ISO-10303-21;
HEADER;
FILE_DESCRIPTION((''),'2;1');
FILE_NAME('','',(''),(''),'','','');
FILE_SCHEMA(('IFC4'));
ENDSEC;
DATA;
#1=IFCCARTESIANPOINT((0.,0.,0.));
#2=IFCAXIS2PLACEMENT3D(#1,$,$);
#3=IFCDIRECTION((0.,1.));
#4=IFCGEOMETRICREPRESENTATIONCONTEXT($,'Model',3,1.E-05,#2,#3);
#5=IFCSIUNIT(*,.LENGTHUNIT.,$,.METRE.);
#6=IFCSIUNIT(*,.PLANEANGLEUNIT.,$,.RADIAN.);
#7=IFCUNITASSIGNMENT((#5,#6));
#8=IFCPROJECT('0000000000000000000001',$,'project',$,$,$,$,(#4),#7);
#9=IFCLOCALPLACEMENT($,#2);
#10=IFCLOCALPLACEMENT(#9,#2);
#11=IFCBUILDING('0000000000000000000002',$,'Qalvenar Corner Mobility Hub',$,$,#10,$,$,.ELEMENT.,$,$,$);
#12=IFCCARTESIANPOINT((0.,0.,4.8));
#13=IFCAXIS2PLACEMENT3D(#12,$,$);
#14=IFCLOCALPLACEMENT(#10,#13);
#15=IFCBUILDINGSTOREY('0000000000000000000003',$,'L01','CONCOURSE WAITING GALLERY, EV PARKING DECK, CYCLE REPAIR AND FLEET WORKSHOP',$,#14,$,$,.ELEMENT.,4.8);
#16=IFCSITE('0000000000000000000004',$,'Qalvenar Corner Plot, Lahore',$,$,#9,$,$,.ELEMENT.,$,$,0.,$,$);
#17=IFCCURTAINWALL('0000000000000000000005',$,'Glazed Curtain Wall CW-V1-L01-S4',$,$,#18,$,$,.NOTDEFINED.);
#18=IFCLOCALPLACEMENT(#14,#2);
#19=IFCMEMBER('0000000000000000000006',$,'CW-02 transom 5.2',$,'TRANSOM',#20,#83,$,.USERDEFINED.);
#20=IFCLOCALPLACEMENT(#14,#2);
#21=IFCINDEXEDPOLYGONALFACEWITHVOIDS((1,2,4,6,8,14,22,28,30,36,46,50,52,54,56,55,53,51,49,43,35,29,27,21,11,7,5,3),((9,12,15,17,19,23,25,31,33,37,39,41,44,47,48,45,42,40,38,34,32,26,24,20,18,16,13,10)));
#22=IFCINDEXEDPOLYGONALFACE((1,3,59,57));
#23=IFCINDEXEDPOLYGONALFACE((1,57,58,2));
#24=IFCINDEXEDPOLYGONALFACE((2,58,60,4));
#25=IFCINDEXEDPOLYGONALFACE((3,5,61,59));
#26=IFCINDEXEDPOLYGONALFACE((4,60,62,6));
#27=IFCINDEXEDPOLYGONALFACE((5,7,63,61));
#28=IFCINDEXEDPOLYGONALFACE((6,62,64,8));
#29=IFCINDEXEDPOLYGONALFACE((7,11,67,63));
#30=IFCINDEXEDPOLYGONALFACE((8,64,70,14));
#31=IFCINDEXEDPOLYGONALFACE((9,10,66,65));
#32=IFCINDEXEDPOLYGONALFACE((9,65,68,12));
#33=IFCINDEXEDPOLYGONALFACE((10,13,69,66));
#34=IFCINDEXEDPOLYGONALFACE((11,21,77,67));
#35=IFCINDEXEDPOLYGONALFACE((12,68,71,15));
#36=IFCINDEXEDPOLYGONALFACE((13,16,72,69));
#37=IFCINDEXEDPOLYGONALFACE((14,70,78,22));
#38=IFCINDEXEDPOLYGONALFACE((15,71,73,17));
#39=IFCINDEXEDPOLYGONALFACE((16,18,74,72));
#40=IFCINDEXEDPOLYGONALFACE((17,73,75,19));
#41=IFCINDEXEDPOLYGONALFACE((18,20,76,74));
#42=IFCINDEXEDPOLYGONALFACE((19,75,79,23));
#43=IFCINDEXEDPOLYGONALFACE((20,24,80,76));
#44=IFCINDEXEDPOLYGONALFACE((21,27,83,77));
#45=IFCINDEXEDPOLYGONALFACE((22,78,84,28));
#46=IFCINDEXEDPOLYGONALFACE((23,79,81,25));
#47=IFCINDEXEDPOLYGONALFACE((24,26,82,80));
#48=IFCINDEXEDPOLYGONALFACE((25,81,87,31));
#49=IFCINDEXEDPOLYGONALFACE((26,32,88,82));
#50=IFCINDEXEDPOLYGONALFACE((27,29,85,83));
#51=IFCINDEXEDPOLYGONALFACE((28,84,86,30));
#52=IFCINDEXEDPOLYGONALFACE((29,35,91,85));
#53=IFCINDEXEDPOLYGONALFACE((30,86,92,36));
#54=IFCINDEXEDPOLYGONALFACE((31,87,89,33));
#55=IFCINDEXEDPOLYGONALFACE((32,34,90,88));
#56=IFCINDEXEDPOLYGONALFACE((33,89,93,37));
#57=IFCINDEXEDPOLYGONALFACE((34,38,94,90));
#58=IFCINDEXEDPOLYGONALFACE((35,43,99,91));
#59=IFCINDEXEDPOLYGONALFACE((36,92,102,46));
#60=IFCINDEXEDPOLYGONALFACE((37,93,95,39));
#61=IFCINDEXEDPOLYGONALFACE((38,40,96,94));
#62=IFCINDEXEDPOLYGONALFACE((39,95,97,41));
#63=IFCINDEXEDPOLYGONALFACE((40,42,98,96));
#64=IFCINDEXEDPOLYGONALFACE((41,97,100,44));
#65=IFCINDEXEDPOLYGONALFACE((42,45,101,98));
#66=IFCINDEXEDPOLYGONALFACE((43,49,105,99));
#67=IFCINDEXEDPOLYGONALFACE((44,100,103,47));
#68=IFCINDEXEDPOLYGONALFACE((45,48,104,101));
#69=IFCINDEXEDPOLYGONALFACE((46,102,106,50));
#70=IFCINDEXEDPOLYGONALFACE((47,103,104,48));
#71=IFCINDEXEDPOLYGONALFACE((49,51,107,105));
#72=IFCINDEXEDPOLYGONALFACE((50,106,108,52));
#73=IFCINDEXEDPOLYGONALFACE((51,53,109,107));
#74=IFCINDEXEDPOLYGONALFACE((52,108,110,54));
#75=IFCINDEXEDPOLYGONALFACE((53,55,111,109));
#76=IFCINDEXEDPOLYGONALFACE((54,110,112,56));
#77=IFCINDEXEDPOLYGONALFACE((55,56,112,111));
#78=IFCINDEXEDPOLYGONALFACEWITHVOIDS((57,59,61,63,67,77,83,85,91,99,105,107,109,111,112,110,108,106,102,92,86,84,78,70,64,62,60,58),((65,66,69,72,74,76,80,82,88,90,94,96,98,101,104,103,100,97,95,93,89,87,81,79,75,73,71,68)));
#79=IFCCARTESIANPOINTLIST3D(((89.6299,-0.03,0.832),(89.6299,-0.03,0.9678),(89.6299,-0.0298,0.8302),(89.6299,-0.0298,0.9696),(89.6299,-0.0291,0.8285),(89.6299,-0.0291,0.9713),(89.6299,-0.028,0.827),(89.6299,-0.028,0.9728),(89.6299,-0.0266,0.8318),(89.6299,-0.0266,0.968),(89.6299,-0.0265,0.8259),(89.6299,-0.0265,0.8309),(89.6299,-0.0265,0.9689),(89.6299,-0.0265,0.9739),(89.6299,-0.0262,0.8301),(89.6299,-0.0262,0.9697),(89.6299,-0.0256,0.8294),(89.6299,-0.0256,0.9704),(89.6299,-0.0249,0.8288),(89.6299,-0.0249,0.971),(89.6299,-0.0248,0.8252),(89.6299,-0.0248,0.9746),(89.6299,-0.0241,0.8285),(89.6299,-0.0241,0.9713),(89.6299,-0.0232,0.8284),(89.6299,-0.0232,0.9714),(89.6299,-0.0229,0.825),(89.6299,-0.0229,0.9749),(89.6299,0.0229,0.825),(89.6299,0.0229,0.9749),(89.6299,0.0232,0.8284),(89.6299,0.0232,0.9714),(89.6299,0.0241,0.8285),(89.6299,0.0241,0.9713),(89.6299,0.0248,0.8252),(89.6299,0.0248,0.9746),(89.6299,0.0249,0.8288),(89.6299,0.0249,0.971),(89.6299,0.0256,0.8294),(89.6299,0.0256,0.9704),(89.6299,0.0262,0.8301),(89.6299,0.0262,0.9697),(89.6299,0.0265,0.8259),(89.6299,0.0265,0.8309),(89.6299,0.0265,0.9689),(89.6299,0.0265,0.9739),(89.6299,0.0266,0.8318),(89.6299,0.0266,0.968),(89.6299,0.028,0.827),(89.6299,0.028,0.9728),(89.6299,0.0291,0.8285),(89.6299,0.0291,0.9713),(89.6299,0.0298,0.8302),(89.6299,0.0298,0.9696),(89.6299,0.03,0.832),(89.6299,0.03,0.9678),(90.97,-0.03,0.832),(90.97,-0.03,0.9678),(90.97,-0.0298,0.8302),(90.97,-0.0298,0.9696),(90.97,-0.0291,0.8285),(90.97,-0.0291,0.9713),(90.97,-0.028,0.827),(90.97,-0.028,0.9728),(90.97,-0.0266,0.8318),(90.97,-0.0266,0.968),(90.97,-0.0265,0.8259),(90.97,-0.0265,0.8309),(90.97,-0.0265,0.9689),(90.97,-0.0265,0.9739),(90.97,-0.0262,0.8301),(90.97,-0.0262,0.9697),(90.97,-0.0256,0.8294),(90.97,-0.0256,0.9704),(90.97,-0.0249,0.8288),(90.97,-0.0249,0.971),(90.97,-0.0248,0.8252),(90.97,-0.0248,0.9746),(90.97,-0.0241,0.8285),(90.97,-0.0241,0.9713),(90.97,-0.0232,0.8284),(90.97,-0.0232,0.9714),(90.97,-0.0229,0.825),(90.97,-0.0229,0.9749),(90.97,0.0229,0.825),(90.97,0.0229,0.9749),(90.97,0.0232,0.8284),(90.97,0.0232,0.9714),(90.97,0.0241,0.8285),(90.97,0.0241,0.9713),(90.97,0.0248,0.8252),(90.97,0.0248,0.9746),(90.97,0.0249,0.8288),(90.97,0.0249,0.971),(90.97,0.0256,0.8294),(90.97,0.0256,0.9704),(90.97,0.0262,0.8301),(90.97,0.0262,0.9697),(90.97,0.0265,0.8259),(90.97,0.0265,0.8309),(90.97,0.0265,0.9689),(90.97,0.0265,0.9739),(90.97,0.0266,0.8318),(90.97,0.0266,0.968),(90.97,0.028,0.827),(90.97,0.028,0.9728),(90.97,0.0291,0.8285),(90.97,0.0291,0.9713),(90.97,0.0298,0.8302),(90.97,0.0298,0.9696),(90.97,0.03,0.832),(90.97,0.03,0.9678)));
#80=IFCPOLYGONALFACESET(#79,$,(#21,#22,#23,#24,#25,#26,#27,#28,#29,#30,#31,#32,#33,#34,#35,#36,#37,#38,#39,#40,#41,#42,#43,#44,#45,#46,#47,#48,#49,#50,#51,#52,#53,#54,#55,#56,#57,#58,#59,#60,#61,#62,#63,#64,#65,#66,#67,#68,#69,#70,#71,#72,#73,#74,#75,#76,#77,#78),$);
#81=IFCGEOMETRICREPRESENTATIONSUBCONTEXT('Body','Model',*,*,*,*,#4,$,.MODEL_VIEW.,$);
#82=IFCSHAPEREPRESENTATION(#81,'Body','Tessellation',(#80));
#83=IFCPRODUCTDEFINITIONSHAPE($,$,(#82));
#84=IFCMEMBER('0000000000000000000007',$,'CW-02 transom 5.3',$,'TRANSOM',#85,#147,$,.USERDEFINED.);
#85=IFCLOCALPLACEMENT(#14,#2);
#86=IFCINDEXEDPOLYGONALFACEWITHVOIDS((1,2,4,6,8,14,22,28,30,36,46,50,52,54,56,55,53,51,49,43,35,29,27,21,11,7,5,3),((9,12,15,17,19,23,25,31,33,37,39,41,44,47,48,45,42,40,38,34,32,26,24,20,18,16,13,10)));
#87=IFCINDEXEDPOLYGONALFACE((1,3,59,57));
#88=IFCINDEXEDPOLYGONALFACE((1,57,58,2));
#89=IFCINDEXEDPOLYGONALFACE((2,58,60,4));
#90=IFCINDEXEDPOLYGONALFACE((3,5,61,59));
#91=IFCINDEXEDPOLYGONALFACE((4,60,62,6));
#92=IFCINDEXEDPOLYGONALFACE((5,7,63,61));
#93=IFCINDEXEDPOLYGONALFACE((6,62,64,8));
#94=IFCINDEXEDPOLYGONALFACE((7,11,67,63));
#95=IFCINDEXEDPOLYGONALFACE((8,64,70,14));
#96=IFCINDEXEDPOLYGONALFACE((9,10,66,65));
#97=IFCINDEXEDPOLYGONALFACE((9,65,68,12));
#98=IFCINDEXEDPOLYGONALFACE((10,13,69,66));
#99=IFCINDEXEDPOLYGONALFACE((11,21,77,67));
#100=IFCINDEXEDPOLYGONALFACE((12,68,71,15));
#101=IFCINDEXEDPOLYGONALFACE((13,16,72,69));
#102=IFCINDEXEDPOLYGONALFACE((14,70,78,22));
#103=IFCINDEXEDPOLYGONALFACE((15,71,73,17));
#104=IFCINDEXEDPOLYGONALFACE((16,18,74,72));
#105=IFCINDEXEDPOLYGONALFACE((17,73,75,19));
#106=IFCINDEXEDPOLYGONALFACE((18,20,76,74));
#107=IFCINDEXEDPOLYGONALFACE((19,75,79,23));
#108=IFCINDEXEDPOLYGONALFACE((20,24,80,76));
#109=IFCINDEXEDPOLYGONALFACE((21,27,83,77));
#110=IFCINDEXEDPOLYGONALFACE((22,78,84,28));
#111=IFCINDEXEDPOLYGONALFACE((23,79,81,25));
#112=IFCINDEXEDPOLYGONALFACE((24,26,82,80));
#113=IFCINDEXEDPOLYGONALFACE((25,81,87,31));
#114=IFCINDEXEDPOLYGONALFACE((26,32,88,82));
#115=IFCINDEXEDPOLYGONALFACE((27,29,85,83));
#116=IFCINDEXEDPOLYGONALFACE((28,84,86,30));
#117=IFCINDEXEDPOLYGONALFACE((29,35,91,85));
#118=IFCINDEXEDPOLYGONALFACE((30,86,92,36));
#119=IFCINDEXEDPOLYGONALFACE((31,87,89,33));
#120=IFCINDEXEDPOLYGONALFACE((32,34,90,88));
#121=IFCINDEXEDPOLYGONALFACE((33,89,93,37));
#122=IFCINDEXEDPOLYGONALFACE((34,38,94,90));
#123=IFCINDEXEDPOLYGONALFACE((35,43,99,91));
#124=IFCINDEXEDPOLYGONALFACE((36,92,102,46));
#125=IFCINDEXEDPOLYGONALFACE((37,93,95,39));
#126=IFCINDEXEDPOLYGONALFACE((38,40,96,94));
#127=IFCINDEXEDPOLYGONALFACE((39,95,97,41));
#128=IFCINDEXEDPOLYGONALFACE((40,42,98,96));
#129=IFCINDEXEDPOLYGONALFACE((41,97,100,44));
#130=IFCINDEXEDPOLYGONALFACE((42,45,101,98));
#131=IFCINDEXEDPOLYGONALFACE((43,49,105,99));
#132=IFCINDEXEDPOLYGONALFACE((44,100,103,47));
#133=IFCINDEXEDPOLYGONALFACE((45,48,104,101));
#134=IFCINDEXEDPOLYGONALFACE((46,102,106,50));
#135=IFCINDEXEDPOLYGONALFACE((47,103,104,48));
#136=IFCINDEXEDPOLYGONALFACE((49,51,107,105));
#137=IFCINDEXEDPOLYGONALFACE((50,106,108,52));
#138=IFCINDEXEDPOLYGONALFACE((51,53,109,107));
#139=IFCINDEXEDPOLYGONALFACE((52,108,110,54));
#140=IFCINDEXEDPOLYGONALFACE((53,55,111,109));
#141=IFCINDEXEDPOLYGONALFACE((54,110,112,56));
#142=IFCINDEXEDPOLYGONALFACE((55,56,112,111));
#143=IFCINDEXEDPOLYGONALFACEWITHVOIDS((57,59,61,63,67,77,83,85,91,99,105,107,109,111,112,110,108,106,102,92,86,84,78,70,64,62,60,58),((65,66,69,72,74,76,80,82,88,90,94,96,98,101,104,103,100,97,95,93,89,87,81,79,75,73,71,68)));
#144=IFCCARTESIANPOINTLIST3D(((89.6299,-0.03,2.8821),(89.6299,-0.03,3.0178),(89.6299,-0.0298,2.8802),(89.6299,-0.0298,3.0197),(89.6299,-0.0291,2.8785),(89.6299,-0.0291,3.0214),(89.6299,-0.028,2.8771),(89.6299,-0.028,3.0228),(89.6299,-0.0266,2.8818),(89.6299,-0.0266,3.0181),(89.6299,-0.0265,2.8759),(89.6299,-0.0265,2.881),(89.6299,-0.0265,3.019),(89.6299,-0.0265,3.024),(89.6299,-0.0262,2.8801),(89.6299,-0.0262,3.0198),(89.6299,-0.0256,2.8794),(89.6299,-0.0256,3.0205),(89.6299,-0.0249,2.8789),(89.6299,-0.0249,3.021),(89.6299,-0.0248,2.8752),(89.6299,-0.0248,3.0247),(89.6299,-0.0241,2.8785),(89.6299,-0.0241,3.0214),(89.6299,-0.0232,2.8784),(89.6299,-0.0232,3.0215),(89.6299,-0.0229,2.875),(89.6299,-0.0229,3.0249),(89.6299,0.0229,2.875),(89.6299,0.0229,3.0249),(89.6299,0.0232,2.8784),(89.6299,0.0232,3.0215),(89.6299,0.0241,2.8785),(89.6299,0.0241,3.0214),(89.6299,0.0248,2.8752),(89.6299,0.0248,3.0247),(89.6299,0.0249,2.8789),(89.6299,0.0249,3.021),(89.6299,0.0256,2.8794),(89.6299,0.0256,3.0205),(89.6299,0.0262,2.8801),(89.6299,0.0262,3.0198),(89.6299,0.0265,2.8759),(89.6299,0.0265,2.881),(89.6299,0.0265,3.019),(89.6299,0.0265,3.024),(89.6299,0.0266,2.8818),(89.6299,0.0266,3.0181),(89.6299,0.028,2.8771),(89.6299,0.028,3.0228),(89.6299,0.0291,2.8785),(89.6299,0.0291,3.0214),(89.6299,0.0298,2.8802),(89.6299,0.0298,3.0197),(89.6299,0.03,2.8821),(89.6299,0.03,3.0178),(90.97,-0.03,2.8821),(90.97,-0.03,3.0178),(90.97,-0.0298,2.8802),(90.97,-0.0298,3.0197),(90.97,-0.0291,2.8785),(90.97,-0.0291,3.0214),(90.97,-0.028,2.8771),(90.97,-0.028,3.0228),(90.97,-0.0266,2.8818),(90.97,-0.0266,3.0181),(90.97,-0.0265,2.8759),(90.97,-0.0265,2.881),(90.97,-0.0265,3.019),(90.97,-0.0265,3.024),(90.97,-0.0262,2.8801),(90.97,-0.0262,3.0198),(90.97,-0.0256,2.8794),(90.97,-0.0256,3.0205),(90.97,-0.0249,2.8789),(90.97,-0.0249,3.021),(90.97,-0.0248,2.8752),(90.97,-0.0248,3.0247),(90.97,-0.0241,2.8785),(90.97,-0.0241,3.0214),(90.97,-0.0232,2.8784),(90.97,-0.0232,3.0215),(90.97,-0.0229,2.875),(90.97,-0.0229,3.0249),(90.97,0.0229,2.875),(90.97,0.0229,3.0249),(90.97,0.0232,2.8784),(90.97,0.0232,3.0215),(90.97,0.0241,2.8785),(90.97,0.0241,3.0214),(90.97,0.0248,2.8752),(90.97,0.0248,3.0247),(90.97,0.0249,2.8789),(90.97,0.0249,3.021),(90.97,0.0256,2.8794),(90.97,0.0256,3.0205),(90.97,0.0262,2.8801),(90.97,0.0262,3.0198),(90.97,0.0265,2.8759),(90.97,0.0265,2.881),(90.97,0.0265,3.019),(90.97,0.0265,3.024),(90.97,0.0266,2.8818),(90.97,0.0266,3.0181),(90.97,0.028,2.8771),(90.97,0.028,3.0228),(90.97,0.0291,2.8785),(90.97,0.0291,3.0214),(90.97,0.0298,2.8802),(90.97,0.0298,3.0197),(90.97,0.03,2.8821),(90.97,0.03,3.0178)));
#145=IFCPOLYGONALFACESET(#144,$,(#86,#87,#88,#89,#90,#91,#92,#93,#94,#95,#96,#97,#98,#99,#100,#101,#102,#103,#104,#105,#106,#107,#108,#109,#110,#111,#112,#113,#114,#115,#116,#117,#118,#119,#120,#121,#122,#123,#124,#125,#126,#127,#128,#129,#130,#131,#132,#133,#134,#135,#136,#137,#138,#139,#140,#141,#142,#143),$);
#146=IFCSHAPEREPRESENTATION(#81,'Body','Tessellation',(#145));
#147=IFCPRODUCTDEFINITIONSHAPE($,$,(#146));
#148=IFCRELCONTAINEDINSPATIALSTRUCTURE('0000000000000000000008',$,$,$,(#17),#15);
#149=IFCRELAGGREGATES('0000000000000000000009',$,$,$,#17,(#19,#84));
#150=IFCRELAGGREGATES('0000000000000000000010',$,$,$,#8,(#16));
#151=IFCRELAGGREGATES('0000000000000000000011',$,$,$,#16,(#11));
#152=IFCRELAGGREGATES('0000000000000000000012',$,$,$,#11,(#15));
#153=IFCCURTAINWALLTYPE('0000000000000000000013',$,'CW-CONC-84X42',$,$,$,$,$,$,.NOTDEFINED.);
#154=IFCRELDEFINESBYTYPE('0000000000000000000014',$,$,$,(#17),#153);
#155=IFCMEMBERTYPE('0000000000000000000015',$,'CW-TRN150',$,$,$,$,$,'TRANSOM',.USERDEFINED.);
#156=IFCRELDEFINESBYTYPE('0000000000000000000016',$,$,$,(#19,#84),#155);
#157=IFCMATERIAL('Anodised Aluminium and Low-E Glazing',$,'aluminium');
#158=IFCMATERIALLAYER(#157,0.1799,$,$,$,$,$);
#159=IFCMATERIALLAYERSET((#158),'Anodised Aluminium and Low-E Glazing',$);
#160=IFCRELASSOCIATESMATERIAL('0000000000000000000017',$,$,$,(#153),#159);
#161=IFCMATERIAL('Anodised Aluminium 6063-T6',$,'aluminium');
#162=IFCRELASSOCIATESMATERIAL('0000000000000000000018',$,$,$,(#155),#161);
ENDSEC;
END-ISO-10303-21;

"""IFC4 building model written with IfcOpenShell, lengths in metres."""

from ifc_helpers import new_model, si_unit, direction, frame, origin, origin_2d, place, context, subcontext, project, spatial, hollow_rectangle, extrude, material, layer, layer_set, material_profile, profile_set, type_object, element, aggregate, save


model = new_model("IFC4")

# Units and contexts
model_context = context("Model", 3, precision=1e-05, world=origin(), true_north=direction((0.0, 1.0)))
body_context = subcontext(model_context, "Body", "Model", "MODEL_VIEW")
ifc_project = project(units=[si_unit("LENGTHUNIT", "METRE"), si_unit("PLANEANGLEUNIT", "RADIAN")], contexts=[model_context])

# Site, building, storey
site_placement = place(None, origin())
site = spatial("IfcSite", under=ifc_project, at=site_placement, Name="Qalvenar Corner Plot, Lahore", CompositionType="ELEMENT", RefElevation=0.0)
building_placement = place(site_placement, origin())
building = spatial("IfcBuilding", under=site, at=building_placement, Name="Qalvenar Corner Mobility Hub", CompositionType="ELEMENT")
storey_placement = place(building_placement, frame((0.0, 0.0, 4.8)))
storey = spatial("IfcBuildingStorey", under=building, at=storey_placement, Name="L01", Description="CONCOURSE WAITING GALLERY, EV PARKING DECK, CYCLE REPAIR AND FLEET WORKSHOP", CompositionType="ELEMENT", Elevation=4.8)

# Curtain wall, members
ifc_material_1 = material(Name="Anodised Aluminium and Low-E Glazing", Category="aluminium")
ifc_layer_1 = layer(ifc_material_1, 0.1799)
ifc_layer_set_1 = layer_set([ifc_layer_1], Name="Anodised Aluminium and Low-E Glazing")
curtain_wall_type = type_object("IfcCurtainWallType", Name="CW-CONC-84X42", PredefinedType="NOTDEFINED", material=ifc_layer_set_1)
curtain_wall_placement = place(storey_placement, origin())
curtain_wall = element("IfcCurtainWall", 1, at=curtain_wall_placement, inside=storey, type_object=curtain_wall_type, Name="Glazed Curtain Wall CW-V1-L01-S4", PredefinedType="NOTDEFINED")
ifc_material_2 = material(Name="Anodised Aluminium 6063-T6", Category="aluminium")
ifc_material_profile_1 = material_profile(ifc_material_2, hollow_rectangle(XDim=0.0601, YDim=0.1499, WallThickness=0.0034, InnerFilletRadius=0.0034, OuterFilletRadius=0.0071, at=origin_2d()), Name="RHS150x60x3.5")
ifc_profile_set_1 = profile_set([ifc_material_profile_1], Name="Anodised Aluminium 6063-T6")
member_type_1 = type_object("IfcMemberType", Name="CW-TRN150", ElementType="TRANSOM", PredefinedType="USERDEFINED", material=ifc_profile_set_1)
member_1_placement = place(storey_placement, frame((89.6299, 0.0, 0.8999), z_axis=(1.0, 0.0, 0.0), x_axis=(0.0, 1.0, 0.0)))
member_1 = element("IfcMember", 2, at=member_1_placement, type_object=member_type_1, Name="CW-02 transom 5.2", ObjectType="TRANSOM", PredefinedType="USERDEFINED", context=body_context, shape_type="SweptSolid", body=[
    extrude(hollow_rectangle(XDim=0.0601, YDim=0.1499, WallThickness=0.0034, InnerFilletRadius=0.0034, OuterFilletRadius=0.0071, at=origin_2d()), origin(), (0.0, 0.0, 1.0), 1.3401),
])
member_2_placement = place(storey_placement, frame((89.6299, 0.0, 2.95), z_axis=(1.0, 0.0, 0.0), x_axis=(0.0, 1.0, 0.0)))
member_2 = element("IfcMember", 3, at=member_2_placement, type_object=member_type_1, Name="CW-02 transom 5.3", ObjectType="TRANSOM", PredefinedType="USERDEFINED", context=body_context, shape_type="SweptSolid", body=[
    extrude(hollow_rectangle(XDim=0.0601, YDim=0.1499, WallThickness=0.0034, InnerFilletRadius=0.0034, OuterFilletRadius=0.0071, at=origin_2d()), origin(), (0.0, 0.0, 1.0), 1.3401),
])
aggregate(curtain_wall, [member_1, member_2])

save(model, "model.ifc")
